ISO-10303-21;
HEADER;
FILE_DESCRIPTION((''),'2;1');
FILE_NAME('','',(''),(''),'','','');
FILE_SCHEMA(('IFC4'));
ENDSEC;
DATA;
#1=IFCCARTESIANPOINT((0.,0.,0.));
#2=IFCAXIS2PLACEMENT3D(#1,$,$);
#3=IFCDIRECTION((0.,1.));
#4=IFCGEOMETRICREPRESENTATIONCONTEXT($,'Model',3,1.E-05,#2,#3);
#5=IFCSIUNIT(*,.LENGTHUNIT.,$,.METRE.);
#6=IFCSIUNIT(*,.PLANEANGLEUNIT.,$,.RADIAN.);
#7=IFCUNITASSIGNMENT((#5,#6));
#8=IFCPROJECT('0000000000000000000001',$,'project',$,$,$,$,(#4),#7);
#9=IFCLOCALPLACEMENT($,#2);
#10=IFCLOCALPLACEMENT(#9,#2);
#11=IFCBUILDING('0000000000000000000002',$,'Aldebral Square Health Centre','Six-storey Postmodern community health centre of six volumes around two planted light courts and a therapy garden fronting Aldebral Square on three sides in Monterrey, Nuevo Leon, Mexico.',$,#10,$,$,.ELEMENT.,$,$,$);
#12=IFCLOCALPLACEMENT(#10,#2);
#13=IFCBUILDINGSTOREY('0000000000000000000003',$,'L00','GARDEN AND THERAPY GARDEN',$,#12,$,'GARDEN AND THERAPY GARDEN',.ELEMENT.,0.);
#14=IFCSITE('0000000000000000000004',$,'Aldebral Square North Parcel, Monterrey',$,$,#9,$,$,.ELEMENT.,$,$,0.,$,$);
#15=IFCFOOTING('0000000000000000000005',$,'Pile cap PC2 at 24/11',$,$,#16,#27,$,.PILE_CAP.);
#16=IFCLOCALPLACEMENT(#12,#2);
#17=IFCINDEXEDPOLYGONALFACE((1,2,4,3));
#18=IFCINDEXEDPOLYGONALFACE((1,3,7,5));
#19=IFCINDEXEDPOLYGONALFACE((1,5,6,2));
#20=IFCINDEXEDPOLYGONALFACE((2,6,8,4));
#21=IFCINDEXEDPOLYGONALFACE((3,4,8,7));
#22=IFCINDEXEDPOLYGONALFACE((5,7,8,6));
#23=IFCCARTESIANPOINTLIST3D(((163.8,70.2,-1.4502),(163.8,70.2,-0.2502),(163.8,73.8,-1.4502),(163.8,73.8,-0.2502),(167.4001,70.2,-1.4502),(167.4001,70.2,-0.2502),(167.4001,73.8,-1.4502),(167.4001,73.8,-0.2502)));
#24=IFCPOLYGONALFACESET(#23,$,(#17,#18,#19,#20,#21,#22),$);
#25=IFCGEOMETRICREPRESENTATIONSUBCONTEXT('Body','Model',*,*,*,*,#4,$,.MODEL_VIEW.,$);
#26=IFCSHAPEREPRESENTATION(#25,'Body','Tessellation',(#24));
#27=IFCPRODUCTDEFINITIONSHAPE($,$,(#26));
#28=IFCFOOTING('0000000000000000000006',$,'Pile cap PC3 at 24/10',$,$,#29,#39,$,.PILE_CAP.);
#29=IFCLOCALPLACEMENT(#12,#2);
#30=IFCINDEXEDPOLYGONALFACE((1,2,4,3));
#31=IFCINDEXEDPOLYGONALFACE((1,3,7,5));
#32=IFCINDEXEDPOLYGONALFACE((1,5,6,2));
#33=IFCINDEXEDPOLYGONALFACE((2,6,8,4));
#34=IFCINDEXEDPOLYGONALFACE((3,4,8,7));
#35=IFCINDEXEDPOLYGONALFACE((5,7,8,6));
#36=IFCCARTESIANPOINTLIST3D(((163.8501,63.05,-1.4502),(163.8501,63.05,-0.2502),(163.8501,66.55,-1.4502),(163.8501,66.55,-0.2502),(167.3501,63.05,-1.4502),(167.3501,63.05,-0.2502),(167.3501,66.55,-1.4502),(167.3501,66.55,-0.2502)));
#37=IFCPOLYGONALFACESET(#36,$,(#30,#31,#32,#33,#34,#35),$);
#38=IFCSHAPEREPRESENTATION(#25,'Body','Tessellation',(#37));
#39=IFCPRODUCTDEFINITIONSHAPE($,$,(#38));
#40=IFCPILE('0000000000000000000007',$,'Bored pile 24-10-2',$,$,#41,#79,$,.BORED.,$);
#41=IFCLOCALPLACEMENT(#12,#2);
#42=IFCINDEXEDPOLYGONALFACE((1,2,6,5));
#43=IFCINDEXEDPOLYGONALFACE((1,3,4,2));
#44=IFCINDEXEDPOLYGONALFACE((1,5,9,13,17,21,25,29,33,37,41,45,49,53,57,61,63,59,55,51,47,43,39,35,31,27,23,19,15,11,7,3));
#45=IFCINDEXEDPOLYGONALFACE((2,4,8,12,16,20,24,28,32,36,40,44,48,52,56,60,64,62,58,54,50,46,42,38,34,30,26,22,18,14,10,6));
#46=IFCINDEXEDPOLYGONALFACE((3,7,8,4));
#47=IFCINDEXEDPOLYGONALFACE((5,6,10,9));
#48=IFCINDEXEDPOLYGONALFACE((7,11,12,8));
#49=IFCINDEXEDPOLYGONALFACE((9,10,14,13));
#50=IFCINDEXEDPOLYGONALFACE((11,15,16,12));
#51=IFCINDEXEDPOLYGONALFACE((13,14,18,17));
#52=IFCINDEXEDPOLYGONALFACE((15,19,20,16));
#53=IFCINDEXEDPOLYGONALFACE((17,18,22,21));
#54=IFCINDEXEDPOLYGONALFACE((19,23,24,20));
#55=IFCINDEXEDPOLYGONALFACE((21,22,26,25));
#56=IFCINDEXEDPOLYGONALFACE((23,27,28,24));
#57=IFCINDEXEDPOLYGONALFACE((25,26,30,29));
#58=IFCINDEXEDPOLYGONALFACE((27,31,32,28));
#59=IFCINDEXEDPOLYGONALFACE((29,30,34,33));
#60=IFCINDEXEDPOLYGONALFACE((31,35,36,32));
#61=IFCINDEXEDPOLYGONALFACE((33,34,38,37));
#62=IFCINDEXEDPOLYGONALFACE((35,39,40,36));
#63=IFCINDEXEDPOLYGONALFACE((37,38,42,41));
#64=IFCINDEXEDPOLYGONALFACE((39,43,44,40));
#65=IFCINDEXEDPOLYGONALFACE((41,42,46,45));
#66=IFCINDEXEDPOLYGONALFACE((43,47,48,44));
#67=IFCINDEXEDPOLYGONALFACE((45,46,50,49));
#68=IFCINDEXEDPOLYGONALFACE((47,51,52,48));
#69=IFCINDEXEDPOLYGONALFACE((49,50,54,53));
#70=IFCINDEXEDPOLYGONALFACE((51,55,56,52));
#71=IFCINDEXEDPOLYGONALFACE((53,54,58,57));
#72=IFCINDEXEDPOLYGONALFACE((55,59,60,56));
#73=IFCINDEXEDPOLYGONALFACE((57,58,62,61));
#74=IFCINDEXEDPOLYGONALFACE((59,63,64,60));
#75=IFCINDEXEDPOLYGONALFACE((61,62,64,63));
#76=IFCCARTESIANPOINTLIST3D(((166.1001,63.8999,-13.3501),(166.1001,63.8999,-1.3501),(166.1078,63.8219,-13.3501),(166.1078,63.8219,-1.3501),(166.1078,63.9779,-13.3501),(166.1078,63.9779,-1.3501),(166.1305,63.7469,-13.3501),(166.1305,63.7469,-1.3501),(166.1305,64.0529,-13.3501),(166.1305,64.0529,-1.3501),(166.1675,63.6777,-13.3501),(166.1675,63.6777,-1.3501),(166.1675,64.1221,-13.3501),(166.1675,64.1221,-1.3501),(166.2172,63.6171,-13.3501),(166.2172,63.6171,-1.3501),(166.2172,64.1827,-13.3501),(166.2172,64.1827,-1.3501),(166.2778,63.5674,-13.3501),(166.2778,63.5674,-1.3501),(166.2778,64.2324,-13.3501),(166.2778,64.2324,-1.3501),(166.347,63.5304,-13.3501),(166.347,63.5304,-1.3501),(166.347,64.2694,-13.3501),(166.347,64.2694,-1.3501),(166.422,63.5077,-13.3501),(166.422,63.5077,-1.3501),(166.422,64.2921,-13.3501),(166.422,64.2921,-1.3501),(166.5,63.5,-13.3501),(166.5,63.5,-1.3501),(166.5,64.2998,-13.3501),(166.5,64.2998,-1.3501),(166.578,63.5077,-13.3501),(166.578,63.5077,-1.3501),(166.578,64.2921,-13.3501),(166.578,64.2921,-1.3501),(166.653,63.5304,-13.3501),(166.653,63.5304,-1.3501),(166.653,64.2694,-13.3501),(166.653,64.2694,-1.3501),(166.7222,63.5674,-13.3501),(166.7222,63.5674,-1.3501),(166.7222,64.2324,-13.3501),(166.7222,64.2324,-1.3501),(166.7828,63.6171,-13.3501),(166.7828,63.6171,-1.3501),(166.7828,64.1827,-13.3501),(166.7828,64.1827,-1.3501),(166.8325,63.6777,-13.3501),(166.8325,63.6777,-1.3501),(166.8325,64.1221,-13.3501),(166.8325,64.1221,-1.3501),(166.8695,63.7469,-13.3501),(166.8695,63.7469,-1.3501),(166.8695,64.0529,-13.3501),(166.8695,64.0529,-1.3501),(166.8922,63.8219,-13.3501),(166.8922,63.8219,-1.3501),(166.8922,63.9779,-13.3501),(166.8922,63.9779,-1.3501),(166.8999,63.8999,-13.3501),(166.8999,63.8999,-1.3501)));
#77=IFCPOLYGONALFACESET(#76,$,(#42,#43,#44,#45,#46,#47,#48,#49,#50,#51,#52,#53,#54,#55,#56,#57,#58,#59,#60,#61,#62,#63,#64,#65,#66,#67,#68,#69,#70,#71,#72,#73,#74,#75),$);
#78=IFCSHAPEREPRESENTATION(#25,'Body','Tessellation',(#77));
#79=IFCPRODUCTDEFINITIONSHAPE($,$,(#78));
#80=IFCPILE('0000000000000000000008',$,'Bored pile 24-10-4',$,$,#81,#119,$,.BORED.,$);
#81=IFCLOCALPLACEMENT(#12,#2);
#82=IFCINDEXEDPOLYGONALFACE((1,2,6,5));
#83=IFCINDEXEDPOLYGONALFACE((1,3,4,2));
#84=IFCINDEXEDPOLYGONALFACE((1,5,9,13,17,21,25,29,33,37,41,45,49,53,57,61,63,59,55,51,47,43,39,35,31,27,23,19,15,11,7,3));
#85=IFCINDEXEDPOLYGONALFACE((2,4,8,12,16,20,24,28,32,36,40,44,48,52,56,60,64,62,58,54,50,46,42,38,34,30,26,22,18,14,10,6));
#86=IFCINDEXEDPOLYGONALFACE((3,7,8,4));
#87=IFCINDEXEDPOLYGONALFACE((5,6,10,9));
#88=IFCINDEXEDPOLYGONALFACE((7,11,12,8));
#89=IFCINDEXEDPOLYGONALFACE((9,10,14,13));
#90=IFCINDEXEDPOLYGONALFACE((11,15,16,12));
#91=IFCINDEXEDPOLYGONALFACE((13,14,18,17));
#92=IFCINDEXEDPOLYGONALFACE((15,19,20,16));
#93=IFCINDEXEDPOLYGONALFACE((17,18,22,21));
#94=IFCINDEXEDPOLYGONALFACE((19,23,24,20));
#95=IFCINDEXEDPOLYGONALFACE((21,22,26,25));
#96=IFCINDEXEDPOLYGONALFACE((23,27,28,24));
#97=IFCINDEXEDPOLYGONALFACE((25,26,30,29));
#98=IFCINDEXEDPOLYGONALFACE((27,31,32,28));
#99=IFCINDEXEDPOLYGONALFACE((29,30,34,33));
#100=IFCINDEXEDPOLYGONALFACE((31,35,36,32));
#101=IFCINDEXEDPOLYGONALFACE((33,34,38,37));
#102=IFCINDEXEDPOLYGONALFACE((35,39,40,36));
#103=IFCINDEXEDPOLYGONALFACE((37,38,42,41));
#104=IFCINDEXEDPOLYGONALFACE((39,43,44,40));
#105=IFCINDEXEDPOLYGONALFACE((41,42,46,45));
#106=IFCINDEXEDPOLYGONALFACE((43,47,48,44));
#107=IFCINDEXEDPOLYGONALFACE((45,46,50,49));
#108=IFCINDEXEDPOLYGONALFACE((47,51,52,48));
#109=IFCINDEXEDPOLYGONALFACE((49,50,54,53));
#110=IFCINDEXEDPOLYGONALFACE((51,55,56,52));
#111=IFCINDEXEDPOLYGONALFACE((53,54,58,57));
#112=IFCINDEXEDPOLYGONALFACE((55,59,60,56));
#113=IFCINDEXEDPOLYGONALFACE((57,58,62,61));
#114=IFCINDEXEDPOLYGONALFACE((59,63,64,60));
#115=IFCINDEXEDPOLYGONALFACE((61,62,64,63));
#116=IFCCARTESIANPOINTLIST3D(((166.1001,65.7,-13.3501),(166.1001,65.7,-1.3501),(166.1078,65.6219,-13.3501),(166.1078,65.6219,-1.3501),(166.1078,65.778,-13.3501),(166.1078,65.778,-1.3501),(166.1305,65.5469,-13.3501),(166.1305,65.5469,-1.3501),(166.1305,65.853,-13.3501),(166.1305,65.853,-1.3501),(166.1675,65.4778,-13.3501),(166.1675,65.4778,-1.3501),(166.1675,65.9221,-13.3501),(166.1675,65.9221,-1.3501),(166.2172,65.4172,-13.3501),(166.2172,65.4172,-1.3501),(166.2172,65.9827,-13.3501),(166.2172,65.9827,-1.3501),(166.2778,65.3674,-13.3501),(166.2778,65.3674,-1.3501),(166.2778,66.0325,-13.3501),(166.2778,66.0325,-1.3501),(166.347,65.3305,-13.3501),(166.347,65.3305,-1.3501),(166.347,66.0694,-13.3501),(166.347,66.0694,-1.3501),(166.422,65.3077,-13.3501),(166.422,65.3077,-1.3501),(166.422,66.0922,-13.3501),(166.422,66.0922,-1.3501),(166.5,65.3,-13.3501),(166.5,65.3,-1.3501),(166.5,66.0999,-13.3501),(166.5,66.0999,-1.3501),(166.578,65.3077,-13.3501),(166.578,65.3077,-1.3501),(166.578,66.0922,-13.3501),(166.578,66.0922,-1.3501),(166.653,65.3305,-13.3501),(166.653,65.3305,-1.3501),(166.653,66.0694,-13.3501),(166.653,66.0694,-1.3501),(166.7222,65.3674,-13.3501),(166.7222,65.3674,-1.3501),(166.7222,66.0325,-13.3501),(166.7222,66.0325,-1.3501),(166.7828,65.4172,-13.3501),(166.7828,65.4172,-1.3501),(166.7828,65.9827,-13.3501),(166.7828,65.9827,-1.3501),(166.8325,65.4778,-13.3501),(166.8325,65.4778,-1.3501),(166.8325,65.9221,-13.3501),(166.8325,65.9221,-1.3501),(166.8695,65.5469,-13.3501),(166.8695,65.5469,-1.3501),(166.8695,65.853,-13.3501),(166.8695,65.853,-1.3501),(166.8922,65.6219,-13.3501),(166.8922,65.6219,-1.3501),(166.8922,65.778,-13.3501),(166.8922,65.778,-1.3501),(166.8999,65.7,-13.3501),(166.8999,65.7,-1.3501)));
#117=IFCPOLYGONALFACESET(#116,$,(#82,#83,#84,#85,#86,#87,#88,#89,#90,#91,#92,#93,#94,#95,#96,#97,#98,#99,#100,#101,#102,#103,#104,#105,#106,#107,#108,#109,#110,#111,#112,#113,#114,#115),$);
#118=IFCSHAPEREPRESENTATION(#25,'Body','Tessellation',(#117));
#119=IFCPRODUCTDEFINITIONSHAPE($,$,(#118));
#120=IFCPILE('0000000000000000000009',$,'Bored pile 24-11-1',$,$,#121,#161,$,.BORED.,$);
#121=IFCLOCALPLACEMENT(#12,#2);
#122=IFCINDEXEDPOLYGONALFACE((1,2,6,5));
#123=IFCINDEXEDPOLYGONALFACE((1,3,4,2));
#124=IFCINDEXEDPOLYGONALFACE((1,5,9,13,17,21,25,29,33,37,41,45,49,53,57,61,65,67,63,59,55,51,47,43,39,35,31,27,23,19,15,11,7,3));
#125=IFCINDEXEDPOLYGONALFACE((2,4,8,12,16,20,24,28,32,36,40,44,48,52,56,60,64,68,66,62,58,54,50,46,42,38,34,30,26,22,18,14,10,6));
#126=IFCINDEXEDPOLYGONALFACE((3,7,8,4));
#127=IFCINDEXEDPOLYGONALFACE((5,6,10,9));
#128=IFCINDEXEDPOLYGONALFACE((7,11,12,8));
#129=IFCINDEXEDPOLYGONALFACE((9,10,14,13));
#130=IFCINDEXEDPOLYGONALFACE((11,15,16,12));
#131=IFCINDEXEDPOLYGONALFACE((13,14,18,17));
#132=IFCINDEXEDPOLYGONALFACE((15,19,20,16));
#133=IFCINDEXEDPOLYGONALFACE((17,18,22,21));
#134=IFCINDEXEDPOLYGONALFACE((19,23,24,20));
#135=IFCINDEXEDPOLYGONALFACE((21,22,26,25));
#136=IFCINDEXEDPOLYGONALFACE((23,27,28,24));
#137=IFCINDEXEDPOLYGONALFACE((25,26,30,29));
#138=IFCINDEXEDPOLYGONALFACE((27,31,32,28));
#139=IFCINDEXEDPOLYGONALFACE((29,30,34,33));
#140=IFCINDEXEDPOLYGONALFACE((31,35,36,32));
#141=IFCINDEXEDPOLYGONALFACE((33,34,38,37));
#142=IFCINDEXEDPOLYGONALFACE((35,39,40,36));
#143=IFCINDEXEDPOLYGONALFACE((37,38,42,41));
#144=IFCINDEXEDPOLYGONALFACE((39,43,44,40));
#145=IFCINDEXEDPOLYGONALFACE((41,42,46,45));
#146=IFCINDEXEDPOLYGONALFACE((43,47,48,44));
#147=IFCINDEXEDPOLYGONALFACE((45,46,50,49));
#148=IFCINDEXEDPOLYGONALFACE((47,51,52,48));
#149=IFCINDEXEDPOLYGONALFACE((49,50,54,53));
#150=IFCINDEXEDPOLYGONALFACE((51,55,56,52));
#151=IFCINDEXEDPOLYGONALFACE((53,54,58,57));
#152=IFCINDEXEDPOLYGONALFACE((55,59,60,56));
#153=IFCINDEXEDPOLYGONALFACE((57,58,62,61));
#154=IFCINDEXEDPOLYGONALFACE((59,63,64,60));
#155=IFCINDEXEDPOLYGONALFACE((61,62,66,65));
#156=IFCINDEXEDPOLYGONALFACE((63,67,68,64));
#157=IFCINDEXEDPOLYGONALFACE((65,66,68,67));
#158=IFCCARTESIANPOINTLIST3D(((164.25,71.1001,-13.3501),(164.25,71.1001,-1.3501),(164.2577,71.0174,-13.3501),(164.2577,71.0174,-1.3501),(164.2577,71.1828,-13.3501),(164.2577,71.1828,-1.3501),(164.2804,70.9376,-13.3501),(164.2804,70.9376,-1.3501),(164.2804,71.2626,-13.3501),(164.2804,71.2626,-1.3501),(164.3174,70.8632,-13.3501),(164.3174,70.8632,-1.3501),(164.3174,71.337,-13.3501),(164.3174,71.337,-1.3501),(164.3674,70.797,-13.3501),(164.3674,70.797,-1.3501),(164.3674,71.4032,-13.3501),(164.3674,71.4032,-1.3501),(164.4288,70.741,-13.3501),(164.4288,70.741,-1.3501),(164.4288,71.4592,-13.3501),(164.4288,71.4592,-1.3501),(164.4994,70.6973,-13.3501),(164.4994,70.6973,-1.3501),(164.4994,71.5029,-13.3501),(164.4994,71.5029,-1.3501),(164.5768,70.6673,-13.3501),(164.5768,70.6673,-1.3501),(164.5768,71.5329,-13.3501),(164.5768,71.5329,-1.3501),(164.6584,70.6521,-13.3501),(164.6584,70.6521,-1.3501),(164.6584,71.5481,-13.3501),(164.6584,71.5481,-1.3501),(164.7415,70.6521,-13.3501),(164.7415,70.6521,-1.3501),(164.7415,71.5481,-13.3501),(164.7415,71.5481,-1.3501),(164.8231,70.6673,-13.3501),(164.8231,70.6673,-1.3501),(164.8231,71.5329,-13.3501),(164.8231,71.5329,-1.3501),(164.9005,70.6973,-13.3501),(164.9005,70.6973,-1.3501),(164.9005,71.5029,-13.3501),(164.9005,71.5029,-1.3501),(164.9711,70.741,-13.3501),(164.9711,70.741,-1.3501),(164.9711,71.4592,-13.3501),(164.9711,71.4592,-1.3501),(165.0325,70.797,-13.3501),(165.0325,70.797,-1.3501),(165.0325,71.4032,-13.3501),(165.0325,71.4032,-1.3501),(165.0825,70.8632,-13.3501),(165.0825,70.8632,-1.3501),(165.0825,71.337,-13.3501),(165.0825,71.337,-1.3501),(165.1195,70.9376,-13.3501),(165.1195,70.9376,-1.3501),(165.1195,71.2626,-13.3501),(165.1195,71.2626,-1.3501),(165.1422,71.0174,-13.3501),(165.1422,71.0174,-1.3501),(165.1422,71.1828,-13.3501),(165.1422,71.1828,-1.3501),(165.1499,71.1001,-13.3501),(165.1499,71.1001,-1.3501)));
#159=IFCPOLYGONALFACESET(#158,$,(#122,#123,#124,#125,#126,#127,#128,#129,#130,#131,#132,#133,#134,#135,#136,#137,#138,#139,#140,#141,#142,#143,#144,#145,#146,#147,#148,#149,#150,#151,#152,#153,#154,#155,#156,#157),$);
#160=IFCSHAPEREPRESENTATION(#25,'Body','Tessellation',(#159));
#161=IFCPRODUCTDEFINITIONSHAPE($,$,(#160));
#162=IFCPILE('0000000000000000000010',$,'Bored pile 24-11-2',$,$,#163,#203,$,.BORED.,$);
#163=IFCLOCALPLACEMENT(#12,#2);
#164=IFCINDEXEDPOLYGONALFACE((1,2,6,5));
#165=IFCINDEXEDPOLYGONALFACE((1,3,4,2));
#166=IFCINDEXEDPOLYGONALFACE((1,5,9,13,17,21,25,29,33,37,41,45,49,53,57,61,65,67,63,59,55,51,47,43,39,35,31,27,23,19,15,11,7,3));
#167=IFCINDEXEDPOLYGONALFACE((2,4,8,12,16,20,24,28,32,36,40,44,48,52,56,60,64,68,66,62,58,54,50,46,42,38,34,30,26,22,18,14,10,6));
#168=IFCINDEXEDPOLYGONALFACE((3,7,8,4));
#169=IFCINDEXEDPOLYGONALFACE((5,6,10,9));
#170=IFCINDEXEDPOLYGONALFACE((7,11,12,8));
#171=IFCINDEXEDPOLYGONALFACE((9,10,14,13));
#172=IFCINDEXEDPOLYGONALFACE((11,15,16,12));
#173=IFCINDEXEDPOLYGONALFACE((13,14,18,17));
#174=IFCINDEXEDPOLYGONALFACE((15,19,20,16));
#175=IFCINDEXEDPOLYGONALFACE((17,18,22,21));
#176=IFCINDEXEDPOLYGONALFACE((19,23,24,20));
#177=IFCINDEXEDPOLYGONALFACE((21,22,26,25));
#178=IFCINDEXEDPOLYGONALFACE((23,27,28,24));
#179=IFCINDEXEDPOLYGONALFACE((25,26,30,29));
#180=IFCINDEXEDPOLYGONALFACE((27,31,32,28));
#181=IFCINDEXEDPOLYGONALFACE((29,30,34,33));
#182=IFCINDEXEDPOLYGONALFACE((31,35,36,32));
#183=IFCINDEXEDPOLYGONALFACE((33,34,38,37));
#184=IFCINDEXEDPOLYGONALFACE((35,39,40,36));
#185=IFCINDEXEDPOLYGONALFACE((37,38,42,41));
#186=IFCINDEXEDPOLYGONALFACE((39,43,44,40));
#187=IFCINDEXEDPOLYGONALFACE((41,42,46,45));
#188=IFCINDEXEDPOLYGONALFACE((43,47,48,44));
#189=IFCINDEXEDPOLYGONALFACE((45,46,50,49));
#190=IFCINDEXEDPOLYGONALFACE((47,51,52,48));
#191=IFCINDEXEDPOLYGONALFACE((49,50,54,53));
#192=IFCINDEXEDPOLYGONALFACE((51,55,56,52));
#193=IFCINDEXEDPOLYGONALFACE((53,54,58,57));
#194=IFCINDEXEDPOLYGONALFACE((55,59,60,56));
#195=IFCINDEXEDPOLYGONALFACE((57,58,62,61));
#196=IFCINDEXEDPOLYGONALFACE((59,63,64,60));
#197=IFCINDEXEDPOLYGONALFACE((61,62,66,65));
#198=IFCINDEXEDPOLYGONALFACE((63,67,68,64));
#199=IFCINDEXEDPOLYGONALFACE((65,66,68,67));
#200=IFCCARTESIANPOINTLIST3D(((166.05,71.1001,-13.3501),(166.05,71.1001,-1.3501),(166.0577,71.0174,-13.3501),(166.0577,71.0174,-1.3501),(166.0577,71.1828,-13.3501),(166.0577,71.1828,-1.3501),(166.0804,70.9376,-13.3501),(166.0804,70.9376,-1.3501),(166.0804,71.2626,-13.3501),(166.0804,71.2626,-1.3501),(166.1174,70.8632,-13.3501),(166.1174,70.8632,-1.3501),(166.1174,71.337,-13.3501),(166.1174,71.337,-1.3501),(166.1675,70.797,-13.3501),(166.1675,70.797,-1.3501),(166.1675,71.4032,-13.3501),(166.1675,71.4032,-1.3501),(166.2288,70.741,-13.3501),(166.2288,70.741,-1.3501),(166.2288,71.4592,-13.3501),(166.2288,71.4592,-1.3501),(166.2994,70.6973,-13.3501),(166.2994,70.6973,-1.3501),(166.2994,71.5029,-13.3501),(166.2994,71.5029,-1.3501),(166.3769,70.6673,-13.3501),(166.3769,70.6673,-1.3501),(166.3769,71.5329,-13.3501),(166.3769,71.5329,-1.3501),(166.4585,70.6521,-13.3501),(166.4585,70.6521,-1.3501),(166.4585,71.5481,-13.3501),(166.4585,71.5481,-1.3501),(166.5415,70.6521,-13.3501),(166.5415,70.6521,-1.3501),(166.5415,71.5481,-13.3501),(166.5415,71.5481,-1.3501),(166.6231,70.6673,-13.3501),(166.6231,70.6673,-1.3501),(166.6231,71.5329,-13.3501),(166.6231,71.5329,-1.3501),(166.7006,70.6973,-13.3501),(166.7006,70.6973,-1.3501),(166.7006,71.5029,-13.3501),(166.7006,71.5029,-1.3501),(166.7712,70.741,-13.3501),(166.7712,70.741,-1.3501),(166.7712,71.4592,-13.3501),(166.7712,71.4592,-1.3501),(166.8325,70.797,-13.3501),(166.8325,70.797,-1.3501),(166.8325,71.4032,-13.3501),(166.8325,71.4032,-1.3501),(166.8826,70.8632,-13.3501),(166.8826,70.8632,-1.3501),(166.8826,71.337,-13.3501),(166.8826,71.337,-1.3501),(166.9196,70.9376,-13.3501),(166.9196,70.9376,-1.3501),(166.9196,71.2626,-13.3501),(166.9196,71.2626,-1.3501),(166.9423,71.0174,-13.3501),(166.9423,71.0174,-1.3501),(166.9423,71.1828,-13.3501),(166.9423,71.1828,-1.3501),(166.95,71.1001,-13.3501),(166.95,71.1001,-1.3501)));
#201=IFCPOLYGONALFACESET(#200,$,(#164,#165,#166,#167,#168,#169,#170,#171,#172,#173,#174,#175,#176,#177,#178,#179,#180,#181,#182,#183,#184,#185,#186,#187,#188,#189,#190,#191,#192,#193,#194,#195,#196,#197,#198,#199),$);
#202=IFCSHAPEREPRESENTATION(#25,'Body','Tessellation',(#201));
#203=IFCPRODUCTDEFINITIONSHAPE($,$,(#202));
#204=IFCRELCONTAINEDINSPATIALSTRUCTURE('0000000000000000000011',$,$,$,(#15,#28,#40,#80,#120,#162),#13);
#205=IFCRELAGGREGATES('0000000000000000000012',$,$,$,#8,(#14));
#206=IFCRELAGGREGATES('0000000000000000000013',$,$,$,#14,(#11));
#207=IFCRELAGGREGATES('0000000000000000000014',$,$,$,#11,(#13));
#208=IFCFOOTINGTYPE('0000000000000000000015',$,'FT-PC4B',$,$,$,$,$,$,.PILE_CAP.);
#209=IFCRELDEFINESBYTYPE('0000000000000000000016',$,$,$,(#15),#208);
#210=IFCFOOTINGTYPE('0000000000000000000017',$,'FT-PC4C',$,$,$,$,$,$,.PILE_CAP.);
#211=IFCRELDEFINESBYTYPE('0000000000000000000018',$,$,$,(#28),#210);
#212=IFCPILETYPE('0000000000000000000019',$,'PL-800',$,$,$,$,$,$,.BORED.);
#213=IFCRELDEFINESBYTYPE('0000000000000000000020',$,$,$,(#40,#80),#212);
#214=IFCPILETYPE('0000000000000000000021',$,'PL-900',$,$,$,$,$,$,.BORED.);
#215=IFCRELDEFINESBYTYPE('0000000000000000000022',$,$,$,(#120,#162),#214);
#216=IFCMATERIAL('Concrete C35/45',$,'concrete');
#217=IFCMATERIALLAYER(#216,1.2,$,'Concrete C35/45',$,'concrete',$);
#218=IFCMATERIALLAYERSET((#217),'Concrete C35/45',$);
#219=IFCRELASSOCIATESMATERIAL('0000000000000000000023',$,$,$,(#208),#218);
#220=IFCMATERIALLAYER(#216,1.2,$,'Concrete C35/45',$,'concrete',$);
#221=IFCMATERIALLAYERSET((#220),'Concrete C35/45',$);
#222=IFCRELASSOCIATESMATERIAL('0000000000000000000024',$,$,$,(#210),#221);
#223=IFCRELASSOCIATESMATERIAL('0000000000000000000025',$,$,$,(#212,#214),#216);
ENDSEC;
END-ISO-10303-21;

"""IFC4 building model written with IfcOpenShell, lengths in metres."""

from ifc_helpers import new_model, si_unit, direction, frame, origin, origin_2d, place, context, subcontext, project, spatial, rectangle, circle, extrude, material, layer, layer_set, material_profile, profile_set, type_object, element, save


model = new_model("IFC4")

# Units and contexts
model_context = context("Model", 3, precision=1e-05, world=origin(), true_north=direction((0.0, 1.0)))
body_context = subcontext(model_context, "Body", "Model", "MODEL_VIEW")
ifc_project = project(units=[si_unit("LENGTHUNIT", "METRE"), si_unit("PLANEANGLEUNIT", "RADIAN")], contexts=[model_context])

# Site, building, storey
site_placement = place(None, origin())
site = spatial("IfcSite", under=ifc_project, at=site_placement, Name="Aldebral Square North Parcel, Monterrey", CompositionType="ELEMENT", RefElevation=0.0)
building_placement = place(site_placement, origin())
building = spatial("IfcBuilding", under=site, at=building_placement, Name="Aldebral Square Health Centre", Description="Six-storey Postmodern community health centre of six volumes around two planted light courts and a therapy garden fronting Aldebral Square on three sides in Monterrey, Nuevo Leon, Mexico.", CompositionType="ELEMENT")
storey_placement = place(building_placement, origin())
storey = spatial("IfcBuildingStorey", under=building, at=storey_placement, Name="L00", Description="GARDEN AND THERAPY GARDEN", LongName="GARDEN AND THERAPY GARDEN", CompositionType="ELEMENT", Elevation=0.0)

# Footings
ifc_material_1 = material(Name="Concrete C35/45", Category="concrete")
ifc_layer_1 = layer(ifc_material_1, 1.2, Name="Concrete C35/45", Category="concrete")
ifc_layer_set_1 = layer_set([ifc_layer_1], Name="Concrete C35/45")
footing_type_1 = type_object("IfcFootingType", Name="FT-PC4B", PredefinedType="PILE_CAP", material=ifc_layer_set_1)
footing_1_placement = place(storey_placement, frame((165.6001, 72.0, -1.4502), z_axis=(0.0, 0.0, 1.0), x_axis=(1.0, 0.0, 0.0)))
element("IfcFooting", 1, at=footing_1_placement, inside=storey, type_object=footing_type_1, Name="Pile cap PC2 at 24/11", PredefinedType="PILE_CAP", context=body_context, shape_type="SweptSolid", body=[
    extrude(rectangle(XDim=3.6001, YDim=3.6001, at=origin_2d()), origin(), (0.0, 0.0, 1.0), 1.2),
])
ifc_layer_2 = layer(ifc_material_1, 1.2, Name="Concrete C35/45", Category="concrete")
ifc_layer_set_2 = layer_set([ifc_layer_2], Name="Concrete C35/45")
footing_type_2 = type_object("IfcFootingType", Name="FT-PC4C", PredefinedType="PILE_CAP", material=ifc_layer_set_2)
footing_2_placement = place(storey_placement, frame((165.6001, 64.8, -1.4502), z_axis=(0.0, 0.0, 1.0), x_axis=(1.0, 0.0, 0.0)))
element("IfcFooting", 2, at=footing_2_placement, inside=storey, type_object=footing_type_2, Name="Pile cap PC3 at 24/10", PredefinedType="PILE_CAP", context=body_context, shape_type="SweptSolid", body=[
    extrude(rectangle(XDim=3.5, YDim=3.5, at=origin_2d()), origin(), (0.0, 0.0, 1.0), 1.2),
])

# Piles
ifc_material_profile_1 = material_profile(ifc_material_1, circle(Radius=0.3999, at=origin_2d()), Name="PILE D800")
ifc_profile_set_1 = profile_set([ifc_material_profile_1], Name="Concrete C35/45")
pile_type_1 = type_object("IfcPileType", Name="PL-800", PredefinedType="BORED", material=ifc_profile_set_1)
for number, where, z_axis, x_axis, name in (
    (3, (166.5, 63.8999, -1.3501), (0.0, 0.0, -1.0), (1.0, 0.0, 0.0), "Bored pile 24-10-2"),
    (4, (166.5, 65.7, -1.3501), (0.0, 0.0, -1.0), (1.0, 0.0, 0.0), "Bored pile 24-10-4"),
):
    element("IfcPile", number, at=place(storey_placement, frame(where, z_axis=z_axis, x_axis=x_axis)), inside=storey, type_object=pile_type_1, Name=name, PredefinedType="BORED", context=body_context, shape_type="SweptSolid", body=[
        extrude(circle(Radius=0.3999, at=origin_2d()), origin(), (0.0, 0.0, 1.0), 12.0),
    ])
ifc_material_profile_2 = material_profile(ifc_material_1, circle(Radius=0.45, at=origin_2d()), Name="PILE D900")
ifc_profile_set_2 = profile_set([ifc_material_profile_2], Name="Concrete C35/45")
pile_type_2 = type_object("IfcPileType", Name="PL-900", PredefinedType="BORED", material=ifc_profile_set_2)
for number, where, z_axis, x_axis, name in (
    (5, (164.7, 71.1001, -1.3501), (0.0, 0.0, -1.0), (1.0, 0.0, 0.0), "Bored pile 24-11-1"),
    (6, (166.5, 71.1001, -1.3501), (0.0, 0.0, -1.0), (1.0, 0.0, 0.0), "Bored pile 24-11-2"),
):
    element("IfcPile", number, at=place(storey_placement, frame(where, z_axis=z_axis, x_axis=x_axis)), inside=storey, type_object=pile_type_2, Name=name, PredefinedType="BORED", context=body_context, shape_type="SweptSolid", body=[
        extrude(circle(Radius=0.45, at=origin_2d()), origin(), (0.0, 0.0, 1.0), 12.0),
    ])

save(model, "model.ifc")
